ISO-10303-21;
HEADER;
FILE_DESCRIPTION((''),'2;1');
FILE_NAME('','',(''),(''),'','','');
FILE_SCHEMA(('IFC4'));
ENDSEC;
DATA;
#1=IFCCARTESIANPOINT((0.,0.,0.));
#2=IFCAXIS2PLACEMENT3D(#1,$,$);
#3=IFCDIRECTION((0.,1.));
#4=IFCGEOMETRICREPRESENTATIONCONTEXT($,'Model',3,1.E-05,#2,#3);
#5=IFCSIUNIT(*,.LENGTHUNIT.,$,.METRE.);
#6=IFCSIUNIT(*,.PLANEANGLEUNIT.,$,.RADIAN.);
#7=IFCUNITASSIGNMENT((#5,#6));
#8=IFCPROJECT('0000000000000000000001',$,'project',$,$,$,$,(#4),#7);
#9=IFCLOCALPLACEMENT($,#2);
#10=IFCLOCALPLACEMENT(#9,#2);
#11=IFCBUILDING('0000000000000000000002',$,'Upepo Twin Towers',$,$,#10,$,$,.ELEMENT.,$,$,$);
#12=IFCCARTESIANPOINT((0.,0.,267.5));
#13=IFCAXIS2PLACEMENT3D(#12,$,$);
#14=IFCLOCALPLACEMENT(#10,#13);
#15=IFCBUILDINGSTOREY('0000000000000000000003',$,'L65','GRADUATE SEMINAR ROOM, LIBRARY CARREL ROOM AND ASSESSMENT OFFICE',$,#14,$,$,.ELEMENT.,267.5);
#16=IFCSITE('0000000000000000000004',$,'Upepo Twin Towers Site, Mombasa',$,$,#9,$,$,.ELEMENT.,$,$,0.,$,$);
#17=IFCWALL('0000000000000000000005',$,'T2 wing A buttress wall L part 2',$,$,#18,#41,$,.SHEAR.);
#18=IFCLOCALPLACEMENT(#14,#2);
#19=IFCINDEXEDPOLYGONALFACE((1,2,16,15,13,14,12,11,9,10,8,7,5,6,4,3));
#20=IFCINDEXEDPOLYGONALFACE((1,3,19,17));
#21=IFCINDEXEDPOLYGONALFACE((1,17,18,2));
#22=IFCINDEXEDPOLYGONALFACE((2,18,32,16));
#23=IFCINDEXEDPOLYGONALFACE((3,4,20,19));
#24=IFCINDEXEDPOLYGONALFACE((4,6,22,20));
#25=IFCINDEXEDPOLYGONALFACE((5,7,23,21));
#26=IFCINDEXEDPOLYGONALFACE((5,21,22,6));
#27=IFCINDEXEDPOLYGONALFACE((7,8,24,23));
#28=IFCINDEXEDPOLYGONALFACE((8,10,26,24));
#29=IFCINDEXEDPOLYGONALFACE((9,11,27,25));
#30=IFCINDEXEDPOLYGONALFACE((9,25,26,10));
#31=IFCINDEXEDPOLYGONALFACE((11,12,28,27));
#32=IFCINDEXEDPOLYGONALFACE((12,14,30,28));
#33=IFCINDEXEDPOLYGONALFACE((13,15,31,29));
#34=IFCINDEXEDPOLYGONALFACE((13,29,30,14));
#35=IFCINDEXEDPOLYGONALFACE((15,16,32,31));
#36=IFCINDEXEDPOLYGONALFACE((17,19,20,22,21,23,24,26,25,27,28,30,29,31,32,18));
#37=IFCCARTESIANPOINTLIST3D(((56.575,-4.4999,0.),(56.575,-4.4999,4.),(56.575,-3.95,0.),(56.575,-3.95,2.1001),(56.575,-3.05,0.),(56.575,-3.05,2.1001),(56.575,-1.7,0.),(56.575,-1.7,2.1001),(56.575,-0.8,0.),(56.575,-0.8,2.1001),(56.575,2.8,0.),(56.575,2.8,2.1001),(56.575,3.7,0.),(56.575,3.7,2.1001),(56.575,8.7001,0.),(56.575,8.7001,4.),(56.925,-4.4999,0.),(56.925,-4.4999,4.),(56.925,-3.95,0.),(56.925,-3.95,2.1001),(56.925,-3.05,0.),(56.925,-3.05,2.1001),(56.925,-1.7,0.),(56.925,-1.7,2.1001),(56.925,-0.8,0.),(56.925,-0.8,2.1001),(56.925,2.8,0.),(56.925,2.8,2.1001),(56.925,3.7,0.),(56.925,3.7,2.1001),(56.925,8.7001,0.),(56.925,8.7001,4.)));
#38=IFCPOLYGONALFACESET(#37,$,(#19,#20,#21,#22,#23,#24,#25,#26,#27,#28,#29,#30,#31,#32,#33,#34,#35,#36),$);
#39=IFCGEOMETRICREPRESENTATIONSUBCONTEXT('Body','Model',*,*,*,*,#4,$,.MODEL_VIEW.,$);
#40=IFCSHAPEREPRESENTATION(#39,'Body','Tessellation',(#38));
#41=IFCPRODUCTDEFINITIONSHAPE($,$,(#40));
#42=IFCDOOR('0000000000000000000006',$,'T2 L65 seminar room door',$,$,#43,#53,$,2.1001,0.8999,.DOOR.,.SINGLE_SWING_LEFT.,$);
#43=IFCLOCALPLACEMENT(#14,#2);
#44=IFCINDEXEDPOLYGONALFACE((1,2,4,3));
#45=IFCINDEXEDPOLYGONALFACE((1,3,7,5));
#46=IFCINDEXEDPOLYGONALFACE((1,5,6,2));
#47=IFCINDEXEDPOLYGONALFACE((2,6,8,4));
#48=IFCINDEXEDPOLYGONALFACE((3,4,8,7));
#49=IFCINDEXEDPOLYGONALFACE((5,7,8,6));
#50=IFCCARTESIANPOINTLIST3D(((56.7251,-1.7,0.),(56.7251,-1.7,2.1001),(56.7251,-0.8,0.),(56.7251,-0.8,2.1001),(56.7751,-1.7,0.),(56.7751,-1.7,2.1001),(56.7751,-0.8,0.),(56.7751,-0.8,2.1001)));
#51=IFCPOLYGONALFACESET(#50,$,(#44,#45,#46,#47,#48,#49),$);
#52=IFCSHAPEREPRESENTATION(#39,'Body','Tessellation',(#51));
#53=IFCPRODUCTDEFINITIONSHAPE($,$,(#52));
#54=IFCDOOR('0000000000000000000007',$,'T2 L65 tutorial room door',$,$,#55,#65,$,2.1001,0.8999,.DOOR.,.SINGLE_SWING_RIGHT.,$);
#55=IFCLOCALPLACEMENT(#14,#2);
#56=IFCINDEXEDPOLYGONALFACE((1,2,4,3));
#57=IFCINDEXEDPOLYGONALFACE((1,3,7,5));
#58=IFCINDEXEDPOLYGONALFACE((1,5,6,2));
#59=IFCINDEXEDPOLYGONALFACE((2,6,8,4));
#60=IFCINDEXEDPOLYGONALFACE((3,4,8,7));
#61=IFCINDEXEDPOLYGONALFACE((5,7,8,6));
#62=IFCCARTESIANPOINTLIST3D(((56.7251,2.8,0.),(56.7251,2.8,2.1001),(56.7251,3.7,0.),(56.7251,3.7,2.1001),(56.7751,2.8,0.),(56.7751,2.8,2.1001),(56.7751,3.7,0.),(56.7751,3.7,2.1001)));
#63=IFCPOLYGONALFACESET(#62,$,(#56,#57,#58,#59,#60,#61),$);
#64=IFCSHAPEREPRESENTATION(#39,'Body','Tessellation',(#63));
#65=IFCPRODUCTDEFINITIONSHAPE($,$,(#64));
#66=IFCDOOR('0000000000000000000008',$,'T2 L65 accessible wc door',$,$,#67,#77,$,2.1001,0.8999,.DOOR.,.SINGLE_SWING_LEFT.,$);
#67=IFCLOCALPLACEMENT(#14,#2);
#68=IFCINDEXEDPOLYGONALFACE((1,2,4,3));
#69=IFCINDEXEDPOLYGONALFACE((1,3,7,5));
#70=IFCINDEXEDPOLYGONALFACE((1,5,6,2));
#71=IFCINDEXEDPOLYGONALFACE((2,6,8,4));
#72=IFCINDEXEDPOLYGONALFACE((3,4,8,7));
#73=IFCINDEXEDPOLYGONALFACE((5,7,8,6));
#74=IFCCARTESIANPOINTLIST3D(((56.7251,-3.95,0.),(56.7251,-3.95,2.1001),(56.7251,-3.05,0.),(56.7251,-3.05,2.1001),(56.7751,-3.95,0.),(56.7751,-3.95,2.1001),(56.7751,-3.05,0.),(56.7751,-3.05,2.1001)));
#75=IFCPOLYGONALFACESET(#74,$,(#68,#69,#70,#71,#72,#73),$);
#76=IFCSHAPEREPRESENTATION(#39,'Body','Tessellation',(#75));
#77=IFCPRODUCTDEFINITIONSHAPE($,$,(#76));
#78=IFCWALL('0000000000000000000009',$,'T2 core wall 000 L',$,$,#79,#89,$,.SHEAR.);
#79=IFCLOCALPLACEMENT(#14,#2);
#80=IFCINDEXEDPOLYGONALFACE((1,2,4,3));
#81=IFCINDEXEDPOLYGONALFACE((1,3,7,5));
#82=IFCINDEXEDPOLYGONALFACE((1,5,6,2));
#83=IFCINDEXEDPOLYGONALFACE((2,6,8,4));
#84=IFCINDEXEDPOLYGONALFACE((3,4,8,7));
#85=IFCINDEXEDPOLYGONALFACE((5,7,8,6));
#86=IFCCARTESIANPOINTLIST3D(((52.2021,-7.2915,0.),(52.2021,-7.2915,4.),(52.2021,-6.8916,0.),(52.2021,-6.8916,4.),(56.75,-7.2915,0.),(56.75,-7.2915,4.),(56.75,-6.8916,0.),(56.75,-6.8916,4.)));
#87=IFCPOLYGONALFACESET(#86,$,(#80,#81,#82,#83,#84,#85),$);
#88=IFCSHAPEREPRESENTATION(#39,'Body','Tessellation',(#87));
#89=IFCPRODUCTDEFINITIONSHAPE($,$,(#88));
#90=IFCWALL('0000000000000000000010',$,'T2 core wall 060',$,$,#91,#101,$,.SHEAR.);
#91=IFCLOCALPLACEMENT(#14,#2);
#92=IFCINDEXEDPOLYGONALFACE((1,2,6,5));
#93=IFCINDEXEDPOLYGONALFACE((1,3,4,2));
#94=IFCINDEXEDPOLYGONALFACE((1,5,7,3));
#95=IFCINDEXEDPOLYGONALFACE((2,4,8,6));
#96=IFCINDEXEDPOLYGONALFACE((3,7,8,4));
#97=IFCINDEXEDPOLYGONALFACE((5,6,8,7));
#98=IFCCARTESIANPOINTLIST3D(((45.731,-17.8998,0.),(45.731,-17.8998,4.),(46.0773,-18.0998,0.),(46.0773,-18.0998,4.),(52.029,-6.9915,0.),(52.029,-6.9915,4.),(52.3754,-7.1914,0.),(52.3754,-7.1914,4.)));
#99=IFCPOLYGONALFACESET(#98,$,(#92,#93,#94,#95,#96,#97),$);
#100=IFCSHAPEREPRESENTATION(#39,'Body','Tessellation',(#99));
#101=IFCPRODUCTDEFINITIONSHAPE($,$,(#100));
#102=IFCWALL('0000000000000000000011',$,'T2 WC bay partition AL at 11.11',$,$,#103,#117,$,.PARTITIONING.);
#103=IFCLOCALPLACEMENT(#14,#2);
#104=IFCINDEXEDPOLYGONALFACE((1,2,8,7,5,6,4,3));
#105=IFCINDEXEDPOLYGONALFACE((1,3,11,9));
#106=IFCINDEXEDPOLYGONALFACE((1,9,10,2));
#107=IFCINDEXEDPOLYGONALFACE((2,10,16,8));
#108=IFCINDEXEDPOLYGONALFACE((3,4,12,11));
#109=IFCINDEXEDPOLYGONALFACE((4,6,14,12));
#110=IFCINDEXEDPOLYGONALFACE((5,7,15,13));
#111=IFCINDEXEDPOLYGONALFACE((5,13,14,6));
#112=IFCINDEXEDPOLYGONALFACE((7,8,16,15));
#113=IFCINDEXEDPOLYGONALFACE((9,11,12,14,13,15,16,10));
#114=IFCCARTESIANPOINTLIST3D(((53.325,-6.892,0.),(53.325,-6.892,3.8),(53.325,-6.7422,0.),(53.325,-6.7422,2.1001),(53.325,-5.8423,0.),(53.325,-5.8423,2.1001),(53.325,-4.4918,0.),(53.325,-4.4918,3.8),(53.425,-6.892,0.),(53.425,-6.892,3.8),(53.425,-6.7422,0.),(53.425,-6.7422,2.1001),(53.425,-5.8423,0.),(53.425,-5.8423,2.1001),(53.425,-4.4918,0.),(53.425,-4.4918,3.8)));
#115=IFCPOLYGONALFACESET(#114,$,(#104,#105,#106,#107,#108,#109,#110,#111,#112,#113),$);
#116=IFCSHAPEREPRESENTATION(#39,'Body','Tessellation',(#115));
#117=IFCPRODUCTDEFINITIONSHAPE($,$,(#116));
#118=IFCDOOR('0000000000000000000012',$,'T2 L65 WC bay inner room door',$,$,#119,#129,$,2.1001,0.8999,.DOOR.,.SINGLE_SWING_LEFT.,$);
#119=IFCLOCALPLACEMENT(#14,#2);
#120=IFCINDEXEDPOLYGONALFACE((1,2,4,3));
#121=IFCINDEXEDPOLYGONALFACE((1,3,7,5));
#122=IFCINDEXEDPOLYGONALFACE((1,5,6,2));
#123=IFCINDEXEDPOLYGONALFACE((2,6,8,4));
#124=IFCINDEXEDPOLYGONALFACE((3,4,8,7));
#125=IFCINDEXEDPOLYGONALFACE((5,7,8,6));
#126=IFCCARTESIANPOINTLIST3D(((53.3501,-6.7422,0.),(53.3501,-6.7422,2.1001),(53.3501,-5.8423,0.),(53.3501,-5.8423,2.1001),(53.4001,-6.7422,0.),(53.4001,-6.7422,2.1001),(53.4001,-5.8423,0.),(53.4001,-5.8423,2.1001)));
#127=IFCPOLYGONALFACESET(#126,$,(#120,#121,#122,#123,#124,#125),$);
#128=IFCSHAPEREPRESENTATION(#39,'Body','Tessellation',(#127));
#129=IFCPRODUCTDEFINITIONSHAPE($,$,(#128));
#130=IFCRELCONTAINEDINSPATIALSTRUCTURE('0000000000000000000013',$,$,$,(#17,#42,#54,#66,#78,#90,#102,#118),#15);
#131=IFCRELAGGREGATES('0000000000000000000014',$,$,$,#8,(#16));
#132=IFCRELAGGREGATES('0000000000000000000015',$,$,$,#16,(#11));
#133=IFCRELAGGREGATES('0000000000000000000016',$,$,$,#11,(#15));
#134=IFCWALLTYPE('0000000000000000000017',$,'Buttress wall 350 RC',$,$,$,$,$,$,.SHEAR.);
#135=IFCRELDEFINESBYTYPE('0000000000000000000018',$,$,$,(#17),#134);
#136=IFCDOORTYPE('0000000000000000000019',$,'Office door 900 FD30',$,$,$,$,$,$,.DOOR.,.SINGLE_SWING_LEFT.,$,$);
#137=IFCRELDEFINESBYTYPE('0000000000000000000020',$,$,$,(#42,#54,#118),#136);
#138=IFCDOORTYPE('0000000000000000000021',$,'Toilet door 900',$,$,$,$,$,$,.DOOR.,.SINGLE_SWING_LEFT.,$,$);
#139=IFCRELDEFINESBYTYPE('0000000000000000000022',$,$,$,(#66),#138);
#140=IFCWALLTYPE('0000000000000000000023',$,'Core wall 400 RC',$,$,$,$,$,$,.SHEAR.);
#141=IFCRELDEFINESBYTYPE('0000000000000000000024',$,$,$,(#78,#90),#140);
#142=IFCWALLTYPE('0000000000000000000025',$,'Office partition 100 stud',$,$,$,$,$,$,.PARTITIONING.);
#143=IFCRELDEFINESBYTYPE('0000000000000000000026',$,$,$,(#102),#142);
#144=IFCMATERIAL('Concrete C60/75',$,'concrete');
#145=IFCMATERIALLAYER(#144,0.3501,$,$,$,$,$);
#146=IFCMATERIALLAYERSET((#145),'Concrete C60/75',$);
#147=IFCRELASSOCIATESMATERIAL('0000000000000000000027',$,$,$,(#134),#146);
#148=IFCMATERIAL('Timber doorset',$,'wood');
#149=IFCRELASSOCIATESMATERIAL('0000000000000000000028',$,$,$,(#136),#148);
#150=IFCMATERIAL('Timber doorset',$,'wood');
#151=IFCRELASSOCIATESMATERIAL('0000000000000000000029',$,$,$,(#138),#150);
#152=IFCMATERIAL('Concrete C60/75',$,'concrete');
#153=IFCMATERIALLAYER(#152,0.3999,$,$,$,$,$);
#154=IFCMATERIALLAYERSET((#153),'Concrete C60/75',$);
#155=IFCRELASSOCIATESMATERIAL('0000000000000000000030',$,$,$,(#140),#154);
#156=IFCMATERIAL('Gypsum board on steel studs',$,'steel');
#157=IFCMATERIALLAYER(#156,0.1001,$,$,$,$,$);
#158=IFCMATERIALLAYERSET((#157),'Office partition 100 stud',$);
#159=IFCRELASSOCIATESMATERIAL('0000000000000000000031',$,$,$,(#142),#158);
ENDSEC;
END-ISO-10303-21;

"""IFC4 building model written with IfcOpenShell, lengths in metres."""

from ifc_helpers import new_model, si_unit, direction, frame, frame_2d, origin, place, context, subcontext, project, spatial, rectangle, extrude, material, layer, layer_set, type_object, element, fill, save


model = new_model("IFC4")

# Units and contexts
model_context = context("Model", 3, precision=1e-05, world=origin(), true_north=direction((0.0, 1.0)))
body_context = subcontext(model_context, "Body", "Model", "MODEL_VIEW")
ifc_project = project(units=[si_unit("LENGTHUNIT", "METRE"), si_unit("PLANEANGLEUNIT", "RADIAN")], contexts=[model_context])

# Site, building, storey
site_placement = place(None, origin())
site = spatial("IfcSite", under=ifc_project, at=site_placement, Name="Upepo Twin Towers Site, Mombasa", CompositionType="ELEMENT", RefElevation=0.0)
building_placement = place(site_placement, origin())
building = spatial("IfcBuilding", under=site, at=building_placement, Name="Upepo Twin Towers", CompositionType="ELEMENT")
storey_placement = place(building_placement, frame((0.0, 0.0, 267.5)))
storey = spatial("IfcBuildingStorey", under=building, at=storey_placement, Name="L65", Description="GRADUATE SEMINAR ROOM, LIBRARY CARREL ROOM AND ASSESSMENT OFFICE", CompositionType="ELEMENT", Elevation=267.5)

# Shared definitions
ifc_material_1 = material(Name="Concrete C60/75", Category="concrete")
ifc_layer_1 = layer(ifc_material_1, 0.3501)
ifc_layer_set_1 = layer_set([ifc_layer_1], Name="Concrete C60/75")
wall_type_1 = type_object("IfcWallType", Name="Buttress wall 350 RC", PredefinedType="SHEAR", material=ifc_layer_set_1)

# Wall, openings, doors
wall_1_placement = place(storey_placement, frame((56.75, -4.5, 0.0), z_axis=(0.0, 0.0, 1.0), x_axis=(0.0, 1.0, 0.0)))
wall_1 = element("IfcWall", 1, at=wall_1_placement, inside=storey, type_object=wall_type_1, Name="T2 wing A buttress wall L part 2", PredefinedType="SHEAR", context=body_context, shape_type="SweptSolid", body=[
    extrude(rectangle(XDim=13.2, YDim=0.3501, at=frame_2d((6.6001, 0.0))), origin(), (0.0, 0.0, 1.0), 4.0),
])
opening_1_placement = place(wall_1_placement, frame((0.55, 0.0, 0.0)))
opening_1 = element("IfcOpeningElement", 2, at=opening_1_placement, cuts=wall_1, PredefinedType="OPENING", context=body_context, shape_type="SweptSolid", body=[
    extrude(rectangle(XDim=0.8999, YDim=2.1001, at=frame_2d((0.45, 1.05))), frame((0.0, 0.1851, 0.0), z_axis=(0.0, -1.0, 0.0), x_axis=(1.0, 0.0, 0.0)), (0.0, 0.0, 1.0), 0.3701),
])
opening_2_placement = place(wall_1_placement, frame((2.8, 0.0, 0.0)))
opening_2 = element("IfcOpeningElement", 3, at=opening_2_placement, cuts=wall_1, PredefinedType="OPENING", context=body_context, shape_type="SweptSolid", body=[
    extrude(rectangle(XDim=0.8999, YDim=2.1001, at=frame_2d((0.45, 1.05))), frame((0.0, 0.1851, 0.0), z_axis=(0.0, -1.0, 0.0), x_axis=(1.0, 0.0, 0.0)), (0.0, 0.0, 1.0), 0.3701),
])
opening_3_placement = place(wall_1_placement, frame((7.3, 0.0, 0.0)))
opening_3 = element("IfcOpeningElement", 4, at=opening_3_placement, cuts=wall_1, PredefinedType="OPENING", context=body_context, shape_type="SweptSolid", body=[
    extrude(rectangle(XDim=0.8999, YDim=2.1001, at=frame_2d((0.45, 1.05))), frame((0.0, 0.1851, 0.0), z_axis=(0.0, -1.0, 0.0), x_axis=(1.0, 0.0, 0.0)), (0.0, 0.0, 1.0), 0.3701),
])
ifc_material_2 = material(Name="Timber doorset", Category="wood")
door_type_1 = type_object("IfcDoorType", Name="Office door 900 FD30", OperationType="SINGLE_SWING_LEFT", PredefinedType="DOOR", material=ifc_material_2)
door_1_placement = place(opening_2_placement, origin())
door_1 = element("IfcDoor", 5, at=door_1_placement, inside=storey, type_object=door_type_1, Name="T2 L65 seminar room door", OperationType="SINGLE_SWING_LEFT", OverallHeight=2.1001, OverallWidth=0.8999, PredefinedType="DOOR", context=body_context, shape_type="SweptSolid", body=[
    extrude(rectangle(XDim=0.8999, YDim=2.1001, at=frame_2d((0.45, 1.05))), frame((0.0, 0.0249, 0.0), z_axis=(0.0, -1.0, 0.0), x_axis=(1.0, 0.0, 0.0)), (0.0, 0.0, 1.0), 0.05),
])
fill(opening_2, door_1)
door_2_placement = place(opening_3_placement, origin())
door_2 = element("IfcDoor", 6, at=door_2_placement, inside=storey, type_object=door_type_1, Name="T2 L65 tutorial room door", OperationType="SINGLE_SWING_RIGHT", OverallHeight=2.1001, OverallWidth=0.8999, PredefinedType="DOOR", context=body_context, shape_type="SweptSolid", body=[
    extrude(rectangle(XDim=0.8999, YDim=2.1001, at=frame_2d((0.45, 1.05))), frame((0.0, 0.0249, 0.0), z_axis=(0.0, -1.0, 0.0), x_axis=(1.0, 0.0, 0.0)), (0.0, 0.0, 1.0), 0.05),
])
fill(opening_3, door_2)
ifc_material_3 = material(Name="Timber doorset", Category="wood")
door_type_2 = type_object("IfcDoorType", Name="Toilet door 900", OperationType="SINGLE_SWING_LEFT", PredefinedType="DOOR", material=ifc_material_3)
door_3_placement = place(opening_1_placement, origin())
door_3 = element("IfcDoor", 7, at=door_3_placement, inside=storey, type_object=door_type_2, Name="T2 L65 accessible wc door", OperationType="SINGLE_SWING_LEFT", OverallHeight=2.1001, OverallWidth=0.8999, PredefinedType="DOOR", context=body_context, shape_type="SweptSolid", body=[
    extrude(rectangle(XDim=0.8999, YDim=2.1001, at=frame_2d((0.45, 1.05))), frame((0.0, 0.0249, 0.0), z_axis=(0.0, -1.0, 0.0), x_axis=(1.0, 0.0, 0.0)), (0.0, 0.0, 1.0), 0.05),
])
fill(opening_1, door_3)

# Walls
ifc_material_4 = material(Name="Concrete C60/75", Category="concrete")
ifc_layer_2 = layer(ifc_material_4, 0.3999)
ifc_layer_set_2 = layer_set([ifc_layer_2], Name="Concrete C60/75")
wall_type_2 = type_object("IfcWallType", Name="Core wall 400 RC", PredefinedType="SHEAR", material=ifc_layer_set_2)
wall_2_placement = place(storey_placement, frame((56.75, -7.0916, 0.0), z_axis=(0.0, 0.0, 1.0), x_axis=(-1.0, 0.0, 0.0)))
element("IfcWall", 8, at=wall_2_placement, inside=storey, type_object=wall_type_2, Name="T2 core wall 000 L", PredefinedType="SHEAR", context=body_context, shape_type="SweptSolid", body=[
    extrude(rectangle(XDim=4.5479, YDim=0.3999, at=frame_2d((2.2739, 0.0))), origin(), (0.0, 0.0, 1.0), 4.0),
])
wall_3_placement = place(storey_placement, frame((52.2021, -7.0916, 0.0), z_axis=(0.0, 0.0, 1.0), x_axis=(-0.500006, -0.866022, 0.0)))
element("IfcWall", 9, at=wall_3_placement, inside=storey, type_object=wall_type_2, Name="T2 core wall 060", PredefinedType="SHEAR", context=body_context, shape_type="SweptSolid", body=[
    extrude(rectangle(XDim=12.5959, YDim=0.3999, at=frame_2d((6.2979, 0.0))), origin(), (0.0, 0.0, 1.0), 4.0),
])

# Wall, opening, door
ifc_material_5 = material(Name="Gypsum board on steel studs", Category="steel")
ifc_layer_3 = layer(ifc_material_5, 0.1001)
ifc_layer_set_3 = layer_set([ifc_layer_3], Name="Office partition 100 stud")
wall_type_3 = type_object("IfcWallType", Name="Office partition 100 stud", PredefinedType="PARTITIONING", material=ifc_layer_set_3)
wall_4_placement = place(storey_placement, frame((53.375, -6.8921, 0.0), z_axis=(0.0, 0.0, 1.0), x_axis=(0.0, 1.0, 0.0)))
wall_4 = element("IfcWall", 10, at=wall_4_placement, inside=storey, type_object=wall_type_3, Name="T2 WC bay partition AL at 11.11", PredefinedType="PARTITIONING", context=body_context, shape_type="SweptSolid", body=[
    extrude(rectangle(XDim=2.4001, YDim=0.1001, at=frame_2d((1.2002, 0.0))), origin(), (0.0, 0.0, 1.0), 3.8),
])
opening_4_placement = place(wall_4_placement, frame((0.1499, 0.0, 0.0)))
opening_4 = element("IfcOpeningElement", 11, at=opening_4_placement, cuts=wall_4, PredefinedType="OPENING", context=body_context, shape_type="SweptSolid", body=[
    extrude(rectangle(XDim=0.8999, YDim=2.1001, at=frame_2d((0.45, 1.05))), frame((0.0, 0.0601, 0.0), z_axis=(0.0, -1.0, 0.0), x_axis=(1.0, 0.0, 0.0)), (0.0, 0.0, 1.0), 0.1201),
])
door_4_placement = place(opening_4_placement, origin())
door_4 = element("IfcDoor", 12, at=door_4_placement, inside=storey, type_object=door_type_1, Name="T2 L65 WC bay inner room door", OperationType="SINGLE_SWING_LEFT", OverallHeight=2.1001, OverallWidth=0.8999, PredefinedType="DOOR", context=body_context, shape_type="SweptSolid", body=[
    extrude(rectangle(XDim=0.8999, YDim=2.1001, at=frame_2d((0.45, 1.05))), frame((0.0, 0.0249, 0.0), z_axis=(0.0, -1.0, 0.0), x_axis=(1.0, 0.0, 0.0)), (0.0, 0.0, 1.0), 0.05),
])
fill(opening_4, door_4)

save(model, "model.ifc")
